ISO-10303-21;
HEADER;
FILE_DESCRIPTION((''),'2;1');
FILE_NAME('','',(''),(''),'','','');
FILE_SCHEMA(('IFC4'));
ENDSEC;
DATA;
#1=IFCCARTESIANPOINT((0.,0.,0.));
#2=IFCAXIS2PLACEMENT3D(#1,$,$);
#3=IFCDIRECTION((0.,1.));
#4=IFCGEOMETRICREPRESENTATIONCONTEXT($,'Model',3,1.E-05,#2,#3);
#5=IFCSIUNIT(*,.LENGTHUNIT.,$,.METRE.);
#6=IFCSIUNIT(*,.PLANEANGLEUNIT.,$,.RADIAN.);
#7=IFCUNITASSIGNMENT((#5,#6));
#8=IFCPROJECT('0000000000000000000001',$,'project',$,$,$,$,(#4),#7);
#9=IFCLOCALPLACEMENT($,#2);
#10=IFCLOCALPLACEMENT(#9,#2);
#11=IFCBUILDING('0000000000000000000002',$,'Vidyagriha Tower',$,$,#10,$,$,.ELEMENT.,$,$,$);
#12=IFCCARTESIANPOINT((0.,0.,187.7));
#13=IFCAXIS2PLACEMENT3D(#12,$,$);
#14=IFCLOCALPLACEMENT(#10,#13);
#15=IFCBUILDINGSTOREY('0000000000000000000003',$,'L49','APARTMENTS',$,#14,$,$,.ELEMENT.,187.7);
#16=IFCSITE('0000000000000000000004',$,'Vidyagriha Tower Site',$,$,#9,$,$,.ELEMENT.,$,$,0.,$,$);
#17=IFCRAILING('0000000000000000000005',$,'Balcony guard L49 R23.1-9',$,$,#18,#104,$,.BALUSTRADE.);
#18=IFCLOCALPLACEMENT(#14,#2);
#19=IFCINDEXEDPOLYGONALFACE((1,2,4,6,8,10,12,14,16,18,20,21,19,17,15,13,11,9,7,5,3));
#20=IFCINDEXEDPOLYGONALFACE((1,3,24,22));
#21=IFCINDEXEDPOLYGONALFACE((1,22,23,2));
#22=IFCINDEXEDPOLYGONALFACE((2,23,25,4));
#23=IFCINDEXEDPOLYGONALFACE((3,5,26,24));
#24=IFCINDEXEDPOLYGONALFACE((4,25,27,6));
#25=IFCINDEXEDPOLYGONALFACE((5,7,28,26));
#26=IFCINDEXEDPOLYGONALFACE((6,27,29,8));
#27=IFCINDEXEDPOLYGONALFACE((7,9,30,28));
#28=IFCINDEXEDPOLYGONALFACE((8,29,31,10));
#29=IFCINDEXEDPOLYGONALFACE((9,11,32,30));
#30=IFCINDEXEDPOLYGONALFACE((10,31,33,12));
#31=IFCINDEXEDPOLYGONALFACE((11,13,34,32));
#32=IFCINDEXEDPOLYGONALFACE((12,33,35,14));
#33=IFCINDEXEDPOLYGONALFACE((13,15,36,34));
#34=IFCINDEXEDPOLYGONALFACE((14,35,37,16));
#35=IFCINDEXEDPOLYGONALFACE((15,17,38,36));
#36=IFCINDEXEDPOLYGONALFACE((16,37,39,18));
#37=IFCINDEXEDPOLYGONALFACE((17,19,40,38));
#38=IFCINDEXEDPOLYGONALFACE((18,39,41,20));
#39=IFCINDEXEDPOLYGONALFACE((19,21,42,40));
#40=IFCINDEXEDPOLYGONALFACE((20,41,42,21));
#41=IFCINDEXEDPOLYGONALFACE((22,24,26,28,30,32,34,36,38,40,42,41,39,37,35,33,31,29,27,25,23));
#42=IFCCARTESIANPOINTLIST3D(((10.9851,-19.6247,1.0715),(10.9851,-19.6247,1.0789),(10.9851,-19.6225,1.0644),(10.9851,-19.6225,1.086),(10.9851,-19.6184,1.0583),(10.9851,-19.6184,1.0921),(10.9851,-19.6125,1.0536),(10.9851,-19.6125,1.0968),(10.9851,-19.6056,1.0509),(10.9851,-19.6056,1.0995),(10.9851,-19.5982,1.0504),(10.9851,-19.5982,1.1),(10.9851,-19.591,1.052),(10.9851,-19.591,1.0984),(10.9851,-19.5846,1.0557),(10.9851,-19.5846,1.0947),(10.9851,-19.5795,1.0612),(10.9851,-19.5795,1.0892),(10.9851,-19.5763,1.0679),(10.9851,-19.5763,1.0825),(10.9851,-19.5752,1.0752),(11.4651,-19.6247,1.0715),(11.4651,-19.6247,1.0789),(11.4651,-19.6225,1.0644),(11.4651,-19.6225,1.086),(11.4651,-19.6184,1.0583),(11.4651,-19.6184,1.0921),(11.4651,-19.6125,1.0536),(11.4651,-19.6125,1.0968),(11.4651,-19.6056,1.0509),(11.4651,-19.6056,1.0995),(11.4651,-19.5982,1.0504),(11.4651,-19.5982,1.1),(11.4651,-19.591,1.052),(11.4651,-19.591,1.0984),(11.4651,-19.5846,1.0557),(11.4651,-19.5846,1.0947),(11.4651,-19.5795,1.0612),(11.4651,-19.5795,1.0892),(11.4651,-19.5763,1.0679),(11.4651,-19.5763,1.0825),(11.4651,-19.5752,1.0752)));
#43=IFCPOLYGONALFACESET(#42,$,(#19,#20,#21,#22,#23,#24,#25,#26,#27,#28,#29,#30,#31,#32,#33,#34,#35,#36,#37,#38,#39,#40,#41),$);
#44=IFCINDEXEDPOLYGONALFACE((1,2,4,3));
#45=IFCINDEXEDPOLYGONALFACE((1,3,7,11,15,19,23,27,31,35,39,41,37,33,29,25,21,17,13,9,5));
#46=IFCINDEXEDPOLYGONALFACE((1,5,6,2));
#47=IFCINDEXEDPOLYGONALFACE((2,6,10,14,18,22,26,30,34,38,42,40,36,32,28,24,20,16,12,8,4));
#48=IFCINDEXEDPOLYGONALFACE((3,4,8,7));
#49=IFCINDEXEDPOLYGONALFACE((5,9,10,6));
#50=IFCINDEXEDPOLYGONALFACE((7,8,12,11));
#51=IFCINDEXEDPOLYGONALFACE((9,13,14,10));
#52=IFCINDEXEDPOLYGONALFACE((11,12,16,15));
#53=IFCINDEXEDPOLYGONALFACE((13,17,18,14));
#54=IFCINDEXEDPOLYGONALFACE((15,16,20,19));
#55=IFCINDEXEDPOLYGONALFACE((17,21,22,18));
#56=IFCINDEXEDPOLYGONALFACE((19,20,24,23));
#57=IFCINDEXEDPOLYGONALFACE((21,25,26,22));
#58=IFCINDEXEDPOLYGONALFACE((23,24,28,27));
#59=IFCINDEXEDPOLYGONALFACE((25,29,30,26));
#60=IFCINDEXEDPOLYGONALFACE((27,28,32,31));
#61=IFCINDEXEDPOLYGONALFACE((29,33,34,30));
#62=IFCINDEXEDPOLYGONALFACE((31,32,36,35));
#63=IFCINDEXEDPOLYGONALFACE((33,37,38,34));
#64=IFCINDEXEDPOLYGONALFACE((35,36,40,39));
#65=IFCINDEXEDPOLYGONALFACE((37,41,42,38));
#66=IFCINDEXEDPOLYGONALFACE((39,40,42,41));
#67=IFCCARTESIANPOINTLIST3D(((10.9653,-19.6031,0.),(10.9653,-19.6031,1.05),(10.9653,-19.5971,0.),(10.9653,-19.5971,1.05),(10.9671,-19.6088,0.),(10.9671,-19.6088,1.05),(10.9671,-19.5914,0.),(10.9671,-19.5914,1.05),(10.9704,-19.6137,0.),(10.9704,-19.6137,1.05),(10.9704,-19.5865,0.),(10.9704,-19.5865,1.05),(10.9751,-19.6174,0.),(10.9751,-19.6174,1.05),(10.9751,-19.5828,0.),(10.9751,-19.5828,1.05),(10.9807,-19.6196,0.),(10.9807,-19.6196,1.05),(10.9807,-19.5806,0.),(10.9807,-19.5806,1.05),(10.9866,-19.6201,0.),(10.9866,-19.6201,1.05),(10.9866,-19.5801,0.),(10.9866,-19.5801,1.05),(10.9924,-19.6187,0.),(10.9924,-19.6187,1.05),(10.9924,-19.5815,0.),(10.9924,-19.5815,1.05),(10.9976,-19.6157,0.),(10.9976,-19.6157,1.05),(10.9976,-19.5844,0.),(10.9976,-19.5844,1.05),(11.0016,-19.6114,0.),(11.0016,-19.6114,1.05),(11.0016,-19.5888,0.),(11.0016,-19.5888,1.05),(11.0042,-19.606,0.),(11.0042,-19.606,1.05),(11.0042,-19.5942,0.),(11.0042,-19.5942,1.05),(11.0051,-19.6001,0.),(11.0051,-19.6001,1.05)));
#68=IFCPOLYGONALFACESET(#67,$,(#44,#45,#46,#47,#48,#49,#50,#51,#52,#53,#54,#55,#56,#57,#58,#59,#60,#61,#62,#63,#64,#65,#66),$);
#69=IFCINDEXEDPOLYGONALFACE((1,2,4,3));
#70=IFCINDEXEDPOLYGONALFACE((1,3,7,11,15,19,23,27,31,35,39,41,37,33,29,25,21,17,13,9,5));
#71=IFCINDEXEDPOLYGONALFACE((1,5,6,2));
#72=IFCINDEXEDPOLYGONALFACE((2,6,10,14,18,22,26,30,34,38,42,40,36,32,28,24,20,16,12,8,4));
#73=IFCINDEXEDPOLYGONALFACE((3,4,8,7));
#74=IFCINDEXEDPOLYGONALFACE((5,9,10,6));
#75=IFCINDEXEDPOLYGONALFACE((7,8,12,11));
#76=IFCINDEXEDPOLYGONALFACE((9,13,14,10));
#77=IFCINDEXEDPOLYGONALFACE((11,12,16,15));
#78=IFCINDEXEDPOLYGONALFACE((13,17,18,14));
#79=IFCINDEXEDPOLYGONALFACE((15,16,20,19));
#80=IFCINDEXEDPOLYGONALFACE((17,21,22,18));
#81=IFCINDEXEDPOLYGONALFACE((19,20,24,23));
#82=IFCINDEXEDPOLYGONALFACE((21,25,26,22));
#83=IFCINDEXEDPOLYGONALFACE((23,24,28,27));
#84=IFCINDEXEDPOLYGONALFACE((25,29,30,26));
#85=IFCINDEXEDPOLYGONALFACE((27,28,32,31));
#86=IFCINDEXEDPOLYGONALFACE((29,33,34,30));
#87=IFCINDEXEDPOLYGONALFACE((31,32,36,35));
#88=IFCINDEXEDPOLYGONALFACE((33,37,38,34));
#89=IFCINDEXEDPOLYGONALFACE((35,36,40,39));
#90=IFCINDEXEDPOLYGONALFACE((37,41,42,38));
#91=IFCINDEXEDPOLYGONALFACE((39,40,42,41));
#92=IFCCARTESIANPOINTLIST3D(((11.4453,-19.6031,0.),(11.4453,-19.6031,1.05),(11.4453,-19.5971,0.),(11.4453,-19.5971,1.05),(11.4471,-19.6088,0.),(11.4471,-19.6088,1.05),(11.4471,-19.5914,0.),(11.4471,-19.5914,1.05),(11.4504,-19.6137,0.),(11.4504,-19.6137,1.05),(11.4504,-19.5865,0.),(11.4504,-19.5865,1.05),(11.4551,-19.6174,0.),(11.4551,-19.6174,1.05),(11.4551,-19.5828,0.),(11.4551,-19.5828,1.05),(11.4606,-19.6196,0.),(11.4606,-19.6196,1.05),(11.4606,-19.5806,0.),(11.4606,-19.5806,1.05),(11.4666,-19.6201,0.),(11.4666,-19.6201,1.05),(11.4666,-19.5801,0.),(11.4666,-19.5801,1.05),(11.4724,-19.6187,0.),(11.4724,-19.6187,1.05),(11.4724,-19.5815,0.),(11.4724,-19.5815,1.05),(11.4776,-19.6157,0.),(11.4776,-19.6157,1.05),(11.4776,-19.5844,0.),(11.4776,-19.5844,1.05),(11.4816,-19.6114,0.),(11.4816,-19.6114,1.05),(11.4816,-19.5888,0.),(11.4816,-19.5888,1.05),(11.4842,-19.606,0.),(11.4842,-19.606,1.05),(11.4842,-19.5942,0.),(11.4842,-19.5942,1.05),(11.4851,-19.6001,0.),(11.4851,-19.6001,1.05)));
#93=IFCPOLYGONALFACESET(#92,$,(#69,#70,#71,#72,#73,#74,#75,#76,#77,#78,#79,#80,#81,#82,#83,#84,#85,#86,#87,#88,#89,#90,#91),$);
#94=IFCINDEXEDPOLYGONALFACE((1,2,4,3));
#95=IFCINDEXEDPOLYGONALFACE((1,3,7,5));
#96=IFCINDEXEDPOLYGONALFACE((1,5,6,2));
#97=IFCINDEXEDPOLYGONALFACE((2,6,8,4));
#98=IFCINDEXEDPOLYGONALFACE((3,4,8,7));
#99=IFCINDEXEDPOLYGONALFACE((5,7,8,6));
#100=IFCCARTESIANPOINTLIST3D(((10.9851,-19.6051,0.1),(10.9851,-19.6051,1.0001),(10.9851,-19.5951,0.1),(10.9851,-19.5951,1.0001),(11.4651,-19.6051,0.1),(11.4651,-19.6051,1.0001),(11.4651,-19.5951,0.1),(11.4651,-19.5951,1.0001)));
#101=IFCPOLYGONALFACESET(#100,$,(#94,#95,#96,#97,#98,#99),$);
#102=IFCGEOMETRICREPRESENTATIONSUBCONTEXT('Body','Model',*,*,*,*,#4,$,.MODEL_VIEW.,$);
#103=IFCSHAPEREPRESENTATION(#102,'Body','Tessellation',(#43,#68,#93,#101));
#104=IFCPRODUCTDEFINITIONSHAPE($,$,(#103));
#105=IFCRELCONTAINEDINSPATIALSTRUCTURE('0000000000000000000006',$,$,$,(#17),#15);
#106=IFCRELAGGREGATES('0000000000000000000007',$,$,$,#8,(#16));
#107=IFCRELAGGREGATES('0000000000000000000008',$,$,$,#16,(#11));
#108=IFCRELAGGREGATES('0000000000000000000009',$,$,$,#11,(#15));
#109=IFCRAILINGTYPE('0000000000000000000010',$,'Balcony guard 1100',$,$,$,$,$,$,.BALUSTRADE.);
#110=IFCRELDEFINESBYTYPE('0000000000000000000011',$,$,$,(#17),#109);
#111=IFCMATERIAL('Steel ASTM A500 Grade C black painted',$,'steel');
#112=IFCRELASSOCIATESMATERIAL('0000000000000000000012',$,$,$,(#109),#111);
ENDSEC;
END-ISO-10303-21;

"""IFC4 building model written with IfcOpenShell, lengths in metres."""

from ifc_helpers import new_model, si_unit, direction, frame, origin, origin_2d, place, context, subcontext, project, spatial, rectangle, circle, extrude, material, type_object, element, save


model = new_model("IFC4")

# Units and contexts
model_context = context("Model", 3, precision=1e-05, world=origin(), true_north=direction((0.0, 1.0)))
body_context = subcontext(model_context, "Body", "Model", "MODEL_VIEW")
ifc_project = project(units=[si_unit("LENGTHUNIT", "METRE"), si_unit("PLANEANGLEUNIT", "RADIAN")], contexts=[model_context])

# Site, building, storey
site_placement = place(None, origin())
site = spatial("IfcSite", under=ifc_project, at=site_placement, Name="Vidyagriha Tower Site", CompositionType="ELEMENT", RefElevation=0.0)
building_placement = place(site_placement, origin())
building = spatial("IfcBuilding", under=site, at=building_placement, Name="Vidyagriha Tower", CompositionType="ELEMENT")
storey_placement = place(building_placement, frame((0.0, 0.0, 187.7)))
storey = spatial("IfcBuildingStorey", under=building, at=storey_placement, Name="L49", Description="APARTMENTS", CompositionType="ELEMENT", Elevation=187.7)

# Railing
ifc_material_1 = material(Name="Steel ASTM A500 Grade C black painted", Category="steel")
railing_type = type_object("IfcRailingType", Name="Balcony guard 1100", PredefinedType="BALUSTRADE", material=ifc_material_1)
railing_1_placement = place(storey_placement, frame((10.9851, -19.6001, 0.0)))
element("IfcRailing", 1, at=railing_1_placement, inside=storey, type_object=railing_type, Name="Balcony guard L49 R23.1-9", PredefinedType="BALUSTRADE", context=body_context, shape_type="SweptSolid", body=[
    extrude(circle(Radius=0.0249, at=origin_2d()), frame((0.0, 0.0, 1.0752), z_axis=(1.0, 0.0, 0.0), x_axis=(0.0, 1.0, 0.0)), (0.0, 0.0, 1.0), 0.48),
    extrude(circle(Radius=0.02, at=origin_2d()), origin(), (0.0, 0.0, 1.0), 1.05),
    extrude(circle(Radius=0.02, at=origin_2d()), frame((0.48, 0.0, 0.0)), (0.0, 0.0, 1.0), 1.05),
    extrude(rectangle(XDim=0.01, YDim=0.9001, at=origin_2d()), frame((0.0, 0.0, 0.55), z_axis=(1.0, 0.0, 0.0), x_axis=(0.0, 1.0, 0.0)), (0.0, 0.0, 1.0), 0.48),
])

save(model, "model.ifc")
